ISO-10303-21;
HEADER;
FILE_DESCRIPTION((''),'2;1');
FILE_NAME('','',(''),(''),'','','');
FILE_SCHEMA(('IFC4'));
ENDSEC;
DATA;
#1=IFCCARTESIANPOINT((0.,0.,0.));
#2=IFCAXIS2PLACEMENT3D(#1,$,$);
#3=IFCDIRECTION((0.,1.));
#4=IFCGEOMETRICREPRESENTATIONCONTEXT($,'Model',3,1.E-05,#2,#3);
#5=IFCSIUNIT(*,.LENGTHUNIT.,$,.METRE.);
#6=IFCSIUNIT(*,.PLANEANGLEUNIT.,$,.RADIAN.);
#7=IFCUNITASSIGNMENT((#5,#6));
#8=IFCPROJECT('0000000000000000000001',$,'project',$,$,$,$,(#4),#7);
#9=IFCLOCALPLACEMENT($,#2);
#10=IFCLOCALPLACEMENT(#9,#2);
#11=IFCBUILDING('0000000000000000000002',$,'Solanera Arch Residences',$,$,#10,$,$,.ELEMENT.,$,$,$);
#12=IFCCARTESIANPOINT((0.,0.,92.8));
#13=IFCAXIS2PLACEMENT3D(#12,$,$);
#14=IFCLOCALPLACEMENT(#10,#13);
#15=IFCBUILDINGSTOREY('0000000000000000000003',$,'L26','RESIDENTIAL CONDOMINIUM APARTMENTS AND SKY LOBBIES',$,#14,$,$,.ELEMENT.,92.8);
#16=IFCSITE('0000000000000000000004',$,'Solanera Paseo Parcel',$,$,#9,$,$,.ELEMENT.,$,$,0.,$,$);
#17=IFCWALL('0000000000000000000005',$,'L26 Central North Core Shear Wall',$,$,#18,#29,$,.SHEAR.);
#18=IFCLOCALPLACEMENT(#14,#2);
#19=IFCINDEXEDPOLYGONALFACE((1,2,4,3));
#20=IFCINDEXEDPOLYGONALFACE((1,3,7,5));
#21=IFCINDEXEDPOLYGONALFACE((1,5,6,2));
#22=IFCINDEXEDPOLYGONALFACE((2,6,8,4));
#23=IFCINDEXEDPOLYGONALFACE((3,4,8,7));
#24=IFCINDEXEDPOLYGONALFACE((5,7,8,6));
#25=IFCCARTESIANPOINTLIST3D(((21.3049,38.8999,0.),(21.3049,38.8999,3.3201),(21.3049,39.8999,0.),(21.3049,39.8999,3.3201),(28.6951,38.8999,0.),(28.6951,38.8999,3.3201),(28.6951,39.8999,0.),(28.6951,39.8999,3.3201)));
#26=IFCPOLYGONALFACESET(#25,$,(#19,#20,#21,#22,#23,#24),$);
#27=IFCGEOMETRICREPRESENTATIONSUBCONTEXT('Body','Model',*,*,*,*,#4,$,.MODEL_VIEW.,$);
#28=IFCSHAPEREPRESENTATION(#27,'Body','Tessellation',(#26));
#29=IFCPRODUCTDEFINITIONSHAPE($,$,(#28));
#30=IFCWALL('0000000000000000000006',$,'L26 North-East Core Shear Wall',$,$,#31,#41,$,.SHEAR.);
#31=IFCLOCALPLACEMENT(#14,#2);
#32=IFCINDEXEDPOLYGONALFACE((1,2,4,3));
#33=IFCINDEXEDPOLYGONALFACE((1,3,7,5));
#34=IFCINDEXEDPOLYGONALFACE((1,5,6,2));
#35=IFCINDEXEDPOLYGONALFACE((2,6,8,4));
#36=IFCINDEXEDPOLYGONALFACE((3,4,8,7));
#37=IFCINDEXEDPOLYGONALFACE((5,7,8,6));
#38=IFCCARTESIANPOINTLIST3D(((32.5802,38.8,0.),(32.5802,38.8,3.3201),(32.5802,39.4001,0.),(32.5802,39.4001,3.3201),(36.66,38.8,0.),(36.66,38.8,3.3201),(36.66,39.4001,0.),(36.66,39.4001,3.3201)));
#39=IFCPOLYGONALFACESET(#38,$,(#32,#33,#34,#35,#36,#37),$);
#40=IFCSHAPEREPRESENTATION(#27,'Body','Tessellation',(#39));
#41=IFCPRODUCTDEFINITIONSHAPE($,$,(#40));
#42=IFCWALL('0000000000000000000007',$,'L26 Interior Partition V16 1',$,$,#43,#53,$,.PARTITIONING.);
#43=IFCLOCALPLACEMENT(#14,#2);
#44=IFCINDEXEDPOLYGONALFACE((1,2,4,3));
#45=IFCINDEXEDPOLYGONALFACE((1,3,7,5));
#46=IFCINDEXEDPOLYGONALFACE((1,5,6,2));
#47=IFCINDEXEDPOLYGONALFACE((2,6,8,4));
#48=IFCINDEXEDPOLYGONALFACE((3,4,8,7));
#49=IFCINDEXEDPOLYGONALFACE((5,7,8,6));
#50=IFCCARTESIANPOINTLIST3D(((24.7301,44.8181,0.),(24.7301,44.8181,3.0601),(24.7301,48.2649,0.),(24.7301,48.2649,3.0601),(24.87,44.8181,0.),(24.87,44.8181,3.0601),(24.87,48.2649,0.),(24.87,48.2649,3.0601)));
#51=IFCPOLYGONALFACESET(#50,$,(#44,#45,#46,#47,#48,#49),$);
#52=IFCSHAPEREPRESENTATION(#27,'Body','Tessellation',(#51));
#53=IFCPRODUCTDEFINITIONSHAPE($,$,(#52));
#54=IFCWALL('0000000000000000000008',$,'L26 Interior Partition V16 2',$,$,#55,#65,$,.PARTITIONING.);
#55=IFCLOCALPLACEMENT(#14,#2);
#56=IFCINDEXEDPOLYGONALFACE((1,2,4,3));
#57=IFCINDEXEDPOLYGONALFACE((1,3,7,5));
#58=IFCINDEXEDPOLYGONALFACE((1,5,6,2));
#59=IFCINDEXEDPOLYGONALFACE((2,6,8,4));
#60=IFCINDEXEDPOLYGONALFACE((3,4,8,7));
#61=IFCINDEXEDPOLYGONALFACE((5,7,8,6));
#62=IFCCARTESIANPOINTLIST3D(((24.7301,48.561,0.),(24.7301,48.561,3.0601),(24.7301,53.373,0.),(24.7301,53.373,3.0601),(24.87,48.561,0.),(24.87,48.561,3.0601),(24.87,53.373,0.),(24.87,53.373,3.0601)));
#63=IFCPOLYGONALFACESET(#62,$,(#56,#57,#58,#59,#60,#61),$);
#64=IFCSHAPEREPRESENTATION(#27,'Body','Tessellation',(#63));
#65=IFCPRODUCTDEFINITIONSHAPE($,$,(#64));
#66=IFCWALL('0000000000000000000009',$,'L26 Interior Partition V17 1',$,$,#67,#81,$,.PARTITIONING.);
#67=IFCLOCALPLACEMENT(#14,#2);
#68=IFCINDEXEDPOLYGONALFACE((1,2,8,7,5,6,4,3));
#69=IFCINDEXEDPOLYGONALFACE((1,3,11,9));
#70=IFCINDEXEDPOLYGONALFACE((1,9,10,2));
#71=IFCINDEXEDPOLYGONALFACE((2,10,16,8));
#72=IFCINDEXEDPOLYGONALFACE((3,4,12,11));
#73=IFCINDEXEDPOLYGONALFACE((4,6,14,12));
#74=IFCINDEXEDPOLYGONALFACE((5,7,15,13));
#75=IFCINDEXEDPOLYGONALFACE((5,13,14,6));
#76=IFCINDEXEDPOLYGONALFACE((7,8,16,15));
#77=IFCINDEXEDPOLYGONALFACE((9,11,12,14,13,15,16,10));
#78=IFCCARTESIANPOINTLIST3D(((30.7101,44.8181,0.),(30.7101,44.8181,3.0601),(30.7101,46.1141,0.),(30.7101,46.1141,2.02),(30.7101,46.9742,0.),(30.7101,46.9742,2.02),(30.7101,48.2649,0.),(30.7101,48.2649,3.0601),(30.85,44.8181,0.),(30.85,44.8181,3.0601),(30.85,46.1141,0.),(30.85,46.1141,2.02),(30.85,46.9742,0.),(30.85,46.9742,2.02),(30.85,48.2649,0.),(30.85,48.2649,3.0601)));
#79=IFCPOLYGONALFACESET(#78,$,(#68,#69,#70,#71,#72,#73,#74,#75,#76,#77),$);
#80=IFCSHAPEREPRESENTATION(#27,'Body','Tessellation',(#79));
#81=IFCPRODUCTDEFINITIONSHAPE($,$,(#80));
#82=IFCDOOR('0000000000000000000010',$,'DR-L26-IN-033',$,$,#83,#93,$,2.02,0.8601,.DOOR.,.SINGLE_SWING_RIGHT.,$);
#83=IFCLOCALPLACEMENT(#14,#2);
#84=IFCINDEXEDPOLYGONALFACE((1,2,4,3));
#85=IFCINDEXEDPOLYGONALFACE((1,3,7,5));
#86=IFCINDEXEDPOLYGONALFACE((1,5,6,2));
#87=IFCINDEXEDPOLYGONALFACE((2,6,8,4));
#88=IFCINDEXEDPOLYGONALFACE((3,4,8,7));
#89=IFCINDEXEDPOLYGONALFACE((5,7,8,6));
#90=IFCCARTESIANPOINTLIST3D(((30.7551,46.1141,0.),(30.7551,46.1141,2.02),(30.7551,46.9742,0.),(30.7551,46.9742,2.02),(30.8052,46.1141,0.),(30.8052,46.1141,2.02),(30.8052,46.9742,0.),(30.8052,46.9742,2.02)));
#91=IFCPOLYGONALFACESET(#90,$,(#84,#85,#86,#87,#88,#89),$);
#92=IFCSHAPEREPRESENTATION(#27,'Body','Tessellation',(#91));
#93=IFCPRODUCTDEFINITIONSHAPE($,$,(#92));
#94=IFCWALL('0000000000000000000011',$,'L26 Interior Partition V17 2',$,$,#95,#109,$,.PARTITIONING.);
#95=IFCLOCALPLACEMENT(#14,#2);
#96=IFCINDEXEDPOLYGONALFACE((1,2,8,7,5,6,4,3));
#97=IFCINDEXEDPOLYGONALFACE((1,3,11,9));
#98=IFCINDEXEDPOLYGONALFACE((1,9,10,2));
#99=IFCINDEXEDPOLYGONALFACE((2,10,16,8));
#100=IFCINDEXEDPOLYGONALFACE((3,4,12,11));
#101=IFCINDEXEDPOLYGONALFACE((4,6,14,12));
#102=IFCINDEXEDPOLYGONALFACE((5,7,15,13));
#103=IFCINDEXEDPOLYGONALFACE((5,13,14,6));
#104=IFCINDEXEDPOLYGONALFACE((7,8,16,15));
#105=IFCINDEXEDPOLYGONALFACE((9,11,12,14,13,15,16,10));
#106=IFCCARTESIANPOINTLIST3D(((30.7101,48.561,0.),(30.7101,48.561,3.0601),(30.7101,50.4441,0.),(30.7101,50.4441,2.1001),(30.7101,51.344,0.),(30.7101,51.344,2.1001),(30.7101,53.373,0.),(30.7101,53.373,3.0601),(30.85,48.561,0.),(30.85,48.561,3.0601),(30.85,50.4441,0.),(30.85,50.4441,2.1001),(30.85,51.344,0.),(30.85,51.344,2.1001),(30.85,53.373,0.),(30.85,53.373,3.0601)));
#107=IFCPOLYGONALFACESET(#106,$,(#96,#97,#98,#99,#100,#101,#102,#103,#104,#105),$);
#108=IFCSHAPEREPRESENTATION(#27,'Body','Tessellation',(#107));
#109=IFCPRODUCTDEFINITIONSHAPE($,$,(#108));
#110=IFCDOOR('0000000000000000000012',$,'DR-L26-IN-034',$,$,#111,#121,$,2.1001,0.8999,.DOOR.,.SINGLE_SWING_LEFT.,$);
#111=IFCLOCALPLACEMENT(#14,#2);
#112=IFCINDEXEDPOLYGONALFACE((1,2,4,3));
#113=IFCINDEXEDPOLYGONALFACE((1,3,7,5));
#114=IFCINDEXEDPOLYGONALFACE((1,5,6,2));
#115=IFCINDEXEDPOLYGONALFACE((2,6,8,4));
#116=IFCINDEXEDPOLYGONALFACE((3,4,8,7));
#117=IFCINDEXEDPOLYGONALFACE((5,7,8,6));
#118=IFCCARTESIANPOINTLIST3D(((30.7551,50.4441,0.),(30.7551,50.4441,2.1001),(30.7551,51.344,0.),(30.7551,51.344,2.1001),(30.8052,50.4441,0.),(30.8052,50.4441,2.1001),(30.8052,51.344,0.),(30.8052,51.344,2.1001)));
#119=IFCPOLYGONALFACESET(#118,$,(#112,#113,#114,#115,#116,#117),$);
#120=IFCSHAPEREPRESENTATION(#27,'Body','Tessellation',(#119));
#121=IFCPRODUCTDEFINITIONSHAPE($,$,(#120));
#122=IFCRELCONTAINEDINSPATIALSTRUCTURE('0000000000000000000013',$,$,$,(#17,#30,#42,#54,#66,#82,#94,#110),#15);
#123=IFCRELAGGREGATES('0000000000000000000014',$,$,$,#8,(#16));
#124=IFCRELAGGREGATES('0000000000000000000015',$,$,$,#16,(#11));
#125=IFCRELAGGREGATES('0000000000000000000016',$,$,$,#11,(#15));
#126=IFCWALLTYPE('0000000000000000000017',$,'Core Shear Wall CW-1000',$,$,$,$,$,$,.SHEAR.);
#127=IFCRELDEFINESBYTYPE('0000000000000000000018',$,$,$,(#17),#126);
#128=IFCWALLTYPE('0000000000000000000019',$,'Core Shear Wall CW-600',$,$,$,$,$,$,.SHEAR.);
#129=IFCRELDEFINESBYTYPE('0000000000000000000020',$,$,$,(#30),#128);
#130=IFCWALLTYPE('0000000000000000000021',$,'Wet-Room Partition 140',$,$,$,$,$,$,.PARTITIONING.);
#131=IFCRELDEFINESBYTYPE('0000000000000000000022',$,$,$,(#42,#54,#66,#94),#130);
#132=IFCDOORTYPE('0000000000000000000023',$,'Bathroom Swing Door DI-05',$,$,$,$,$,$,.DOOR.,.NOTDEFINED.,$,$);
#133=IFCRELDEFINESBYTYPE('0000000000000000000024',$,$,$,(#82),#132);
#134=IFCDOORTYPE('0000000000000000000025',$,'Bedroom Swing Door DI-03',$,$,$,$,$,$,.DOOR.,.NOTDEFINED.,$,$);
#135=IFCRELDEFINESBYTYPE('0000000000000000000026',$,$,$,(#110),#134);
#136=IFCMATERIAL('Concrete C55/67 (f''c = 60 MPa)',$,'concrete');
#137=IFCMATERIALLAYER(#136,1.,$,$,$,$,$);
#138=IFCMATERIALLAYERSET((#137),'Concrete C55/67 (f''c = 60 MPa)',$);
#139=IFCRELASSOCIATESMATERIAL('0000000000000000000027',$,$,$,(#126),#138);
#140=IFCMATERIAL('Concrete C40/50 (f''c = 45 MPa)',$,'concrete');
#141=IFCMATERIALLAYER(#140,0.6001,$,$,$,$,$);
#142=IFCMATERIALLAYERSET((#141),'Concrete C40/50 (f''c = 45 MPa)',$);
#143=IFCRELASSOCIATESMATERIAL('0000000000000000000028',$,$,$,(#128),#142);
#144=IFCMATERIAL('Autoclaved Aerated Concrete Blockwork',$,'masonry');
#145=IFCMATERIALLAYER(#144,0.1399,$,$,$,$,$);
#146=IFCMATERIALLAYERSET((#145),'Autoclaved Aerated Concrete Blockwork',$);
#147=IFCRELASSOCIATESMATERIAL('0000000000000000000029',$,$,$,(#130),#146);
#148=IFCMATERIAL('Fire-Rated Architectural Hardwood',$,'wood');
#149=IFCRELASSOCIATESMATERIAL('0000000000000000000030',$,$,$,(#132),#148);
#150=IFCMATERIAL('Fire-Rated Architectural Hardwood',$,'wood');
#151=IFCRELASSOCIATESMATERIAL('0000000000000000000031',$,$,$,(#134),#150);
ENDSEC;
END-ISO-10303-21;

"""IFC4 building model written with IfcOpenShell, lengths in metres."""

from ifc_helpers import new_model, si_unit, direction, frame, frame_2d, origin, place, context, subcontext, project, spatial, rectangle, extrude, material, layer, layer_set, type_object, element, fill, save


model = new_model("IFC4")

# Units and contexts
model_context = context("Model", 3, precision=1e-05, world=origin(), true_north=direction((0.0, 1.0)))
body_context = subcontext(model_context, "Body", "Model", "MODEL_VIEW")
ifc_project = project(units=[si_unit("LENGTHUNIT", "METRE"), si_unit("PLANEANGLEUNIT", "RADIAN")], contexts=[model_context])

# Site, building, storey
site_placement = place(None, origin())
site = spatial("IfcSite", under=ifc_project, at=site_placement, Name="Solanera Paseo Parcel", CompositionType="ELEMENT", RefElevation=0.0)
building_placement = place(site_placement, origin())
building = spatial("IfcBuilding", under=site, at=building_placement, Name="Solanera Arch Residences", CompositionType="ELEMENT")
storey_placement = place(building_placement, frame((0.0, 0.0, 92.8)))
storey = spatial("IfcBuildingStorey", under=building, at=storey_placement, Name="L26", Description="RESIDENTIAL CONDOMINIUM APARTMENTS AND SKY LOBBIES", CompositionType="ELEMENT", Elevation=92.8)

# Walls
ifc_material_1 = material(Name="Concrete C55/67 (f'c = 60 MPa)", Category="concrete")
ifc_layer_1 = layer(ifc_material_1, 1.0)
ifc_layer_set_1 = layer_set([ifc_layer_1], Name="Concrete C55/67 (f'c = 60 MPa)")
wall_type_1 = type_object("IfcWallType", Name="Core Shear Wall CW-1000", PredefinedType="SHEAR", material=ifc_layer_set_1)
wall_1_placement = place(storey_placement, frame((21.3049, 39.3999, 0.0), z_axis=(0.0, 0.0, 1.0), x_axis=(1.0, 0.0, 0.0)))
element("IfcWall", 1, at=wall_1_placement, inside=storey, type_object=wall_type_1, Name="L26 Central North Core Shear Wall", PredefinedType="SHEAR", context=body_context, shape_type="SweptSolid", body=[
    extrude(rectangle(XDim=7.3901, YDim=1.0, at=frame_2d((3.6951, 0.0))), origin(), (0.0, 0.0, 1.0), 3.3201),
])
ifc_material_2 = material(Name="Concrete C40/50 (f'c = 45 MPa)", Category="concrete")
ifc_layer_2 = layer(ifc_material_2, 0.6001)
ifc_layer_set_2 = layer_set([ifc_layer_2], Name="Concrete C40/50 (f'c = 45 MPa)")
wall_type_2 = type_object("IfcWallType", Name="Core Shear Wall CW-600", PredefinedType="SHEAR", material=ifc_layer_set_2)
wall_2_placement = place(storey_placement, frame((32.5801, 39.1001, 0.0), z_axis=(0.0, 0.0, 1.0), x_axis=(1.0, 0.0, 0.0)))
element("IfcWall", 2, at=wall_2_placement, inside=storey, type_object=wall_type_2, Name="L26 North-East Core Shear Wall", PredefinedType="SHEAR", context=body_context, shape_type="SweptSolid", body=[
    extrude(rectangle(XDim=4.0798, YDim=0.6001, at=frame_2d((2.04, 0.0))), origin(), (0.0, 0.0, 1.0), 3.3201),
])
ifc_material_3 = material(Name="Autoclaved Aerated Concrete Blockwork", Category="masonry")
ifc_layer_3 = layer(ifc_material_3, 0.1399)
ifc_layer_set_3 = layer_set([ifc_layer_3], Name="Autoclaved Aerated Concrete Blockwork")
wall_type_3 = type_object("IfcWallType", Name="Wet-Room Partition 140", PredefinedType="PARTITIONING", material=ifc_layer_set_3)
wall_3_placement = place(storey_placement, frame((24.8, 44.8181, 0.0), z_axis=(0.0, 0.0, 1.0), x_axis=(0.0, 1.0, 0.0)))
element("IfcWall", 3, at=wall_3_placement, inside=storey, type_object=wall_type_3, Name="L26 Interior Partition V16 1", PredefinedType="PARTITIONING", context=body_context, shape_type="SweptSolid", body=[
    extrude(rectangle(XDim=3.4468, YDim=0.1399, at=frame_2d((1.7234, 0.0))), origin(), (0.0, 0.0, 1.0), 3.0601),
])
wall_4_placement = place(storey_placement, frame((24.8, 48.561, 0.0), z_axis=(0.0, 0.0, 1.0), x_axis=(0.0, 1.0, 0.0)))
element("IfcWall", 4, at=wall_4_placement, inside=storey, type_object=wall_type_3, Name="L26 Interior Partition V16 2", PredefinedType="PARTITIONING", context=body_context, shape_type="SweptSolid", body=[
    extrude(rectangle(XDim=4.812, YDim=0.1399, at=frame_2d((2.406, 0.0))), origin(), (0.0, 0.0, 1.0), 3.0601),
])

# Walls, openings, doors
wall_5_placement = place(storey_placement, frame((30.78, 44.8181, 0.0), z_axis=(0.0, 0.0, 1.0), x_axis=(0.0, 1.0, 0.0)))
wall_5 = element("IfcWall", 5, at=wall_5_placement, inside=storey, type_object=wall_type_3, Name="L26 Interior Partition V17 1", PredefinedType="PARTITIONING", context=body_context, shape_type="SweptSolid", body=[
    extrude(rectangle(XDim=3.4468, YDim=0.1399, at=frame_2d((1.7234, 0.0))), origin(), (0.0, 0.0, 1.0), 3.0601),
])
opening_1_placement = place(wall_5_placement, frame((1.2959, 0.0, 0.0)))
opening_1 = element("IfcOpeningElement", 6, at=opening_1_placement, cuts=wall_5, PredefinedType="OPENING", context=body_context, shape_type="SweptSolid", body=[
    extrude(rectangle(XDim=0.8601, YDim=2.02, at=frame_2d((0.4302, 1.01))), frame((0.0, 0.0798, 0.0), z_axis=(0.0, -1.0, 0.0), x_axis=(1.0, 0.0, 0.0)), (0.0, 0.0, 1.0), 0.1599),
])
ifc_material_4 = material(Name="Fire-Rated Architectural Hardwood", Category="wood")
door_type_1 = type_object("IfcDoorType", Name="Bathroom Swing Door DI-05", OperationType="NOTDEFINED", PredefinedType="DOOR", material=ifc_material_4)
door_1_placement = place(opening_1_placement, origin())
door_1 = element("IfcDoor", 7, at=door_1_placement, inside=storey, type_object=door_type_1, Name="DR-L26-IN-033", OperationType="SINGLE_SWING_RIGHT", OverallHeight=2.02, OverallWidth=0.8601, PredefinedType="DOOR", context=body_context, shape_type="SweptSolid", body=[
    extrude(rectangle(XDim=0.8601, YDim=2.02, at=frame_2d((0.4302, 1.01))), frame((0.0, 0.0249, 0.0), z_axis=(0.0, -1.0, 0.0), x_axis=(1.0, 0.0, 0.0)), (0.0, 0.0, 1.0), 0.05),
])
fill(opening_1, door_1)
wall_6_placement = place(storey_placement, frame((30.78, 48.561, 0.0), z_axis=(0.0, 0.0, 1.0), x_axis=(0.0, 1.0, 0.0)))
wall_6 = element("IfcWall", 8, at=wall_6_placement, inside=storey, type_object=wall_type_3, Name="L26 Interior Partition V17 2", PredefinedType="PARTITIONING", context=body_context, shape_type="SweptSolid", body=[
    extrude(rectangle(XDim=4.812, YDim=0.1399, at=frame_2d((2.406, 0.0))), origin(), (0.0, 0.0, 1.0), 3.0601),
])
opening_2_placement = place(wall_6_placement, frame((1.8831, 0.0, 0.0)))
opening_2 = element("IfcOpeningElement", 9, at=opening_2_placement, cuts=wall_6, PredefinedType="OPENING", context=body_context, shape_type="SweptSolid", body=[
    extrude(rectangle(XDim=0.8999, YDim=2.1001, at=frame_2d((0.45, 1.05))), frame((0.0, 0.0798, 0.0), z_axis=(0.0, -1.0, 0.0), x_axis=(1.0, 0.0, 0.0)), (0.0, 0.0, 1.0), 0.1599),
])
ifc_material_5 = material(Name="Fire-Rated Architectural Hardwood", Category="wood")
door_type_2 = type_object("IfcDoorType", Name="Bedroom Swing Door DI-03", OperationType="NOTDEFINED", PredefinedType="DOOR", material=ifc_material_5)
door_2_placement = place(opening_2_placement, origin())
door_2 = element("IfcDoor", 10, at=door_2_placement, inside=storey, type_object=door_type_2, Name="DR-L26-IN-034", OperationType="SINGLE_SWING_LEFT", OverallHeight=2.1001, OverallWidth=0.8999, PredefinedType="DOOR", context=body_context, shape_type="SweptSolid", body=[
    extrude(rectangle(XDim=0.8999, YDim=2.1001, at=frame_2d((0.45, 1.05))), frame((0.0, 0.0249, 0.0), z_axis=(0.0, -1.0, 0.0), x_axis=(1.0, 0.0, 0.0)), (0.0, 0.0, 1.0), 0.05),
])
fill(opening_2, door_2)

save(model, "model.ifc")
